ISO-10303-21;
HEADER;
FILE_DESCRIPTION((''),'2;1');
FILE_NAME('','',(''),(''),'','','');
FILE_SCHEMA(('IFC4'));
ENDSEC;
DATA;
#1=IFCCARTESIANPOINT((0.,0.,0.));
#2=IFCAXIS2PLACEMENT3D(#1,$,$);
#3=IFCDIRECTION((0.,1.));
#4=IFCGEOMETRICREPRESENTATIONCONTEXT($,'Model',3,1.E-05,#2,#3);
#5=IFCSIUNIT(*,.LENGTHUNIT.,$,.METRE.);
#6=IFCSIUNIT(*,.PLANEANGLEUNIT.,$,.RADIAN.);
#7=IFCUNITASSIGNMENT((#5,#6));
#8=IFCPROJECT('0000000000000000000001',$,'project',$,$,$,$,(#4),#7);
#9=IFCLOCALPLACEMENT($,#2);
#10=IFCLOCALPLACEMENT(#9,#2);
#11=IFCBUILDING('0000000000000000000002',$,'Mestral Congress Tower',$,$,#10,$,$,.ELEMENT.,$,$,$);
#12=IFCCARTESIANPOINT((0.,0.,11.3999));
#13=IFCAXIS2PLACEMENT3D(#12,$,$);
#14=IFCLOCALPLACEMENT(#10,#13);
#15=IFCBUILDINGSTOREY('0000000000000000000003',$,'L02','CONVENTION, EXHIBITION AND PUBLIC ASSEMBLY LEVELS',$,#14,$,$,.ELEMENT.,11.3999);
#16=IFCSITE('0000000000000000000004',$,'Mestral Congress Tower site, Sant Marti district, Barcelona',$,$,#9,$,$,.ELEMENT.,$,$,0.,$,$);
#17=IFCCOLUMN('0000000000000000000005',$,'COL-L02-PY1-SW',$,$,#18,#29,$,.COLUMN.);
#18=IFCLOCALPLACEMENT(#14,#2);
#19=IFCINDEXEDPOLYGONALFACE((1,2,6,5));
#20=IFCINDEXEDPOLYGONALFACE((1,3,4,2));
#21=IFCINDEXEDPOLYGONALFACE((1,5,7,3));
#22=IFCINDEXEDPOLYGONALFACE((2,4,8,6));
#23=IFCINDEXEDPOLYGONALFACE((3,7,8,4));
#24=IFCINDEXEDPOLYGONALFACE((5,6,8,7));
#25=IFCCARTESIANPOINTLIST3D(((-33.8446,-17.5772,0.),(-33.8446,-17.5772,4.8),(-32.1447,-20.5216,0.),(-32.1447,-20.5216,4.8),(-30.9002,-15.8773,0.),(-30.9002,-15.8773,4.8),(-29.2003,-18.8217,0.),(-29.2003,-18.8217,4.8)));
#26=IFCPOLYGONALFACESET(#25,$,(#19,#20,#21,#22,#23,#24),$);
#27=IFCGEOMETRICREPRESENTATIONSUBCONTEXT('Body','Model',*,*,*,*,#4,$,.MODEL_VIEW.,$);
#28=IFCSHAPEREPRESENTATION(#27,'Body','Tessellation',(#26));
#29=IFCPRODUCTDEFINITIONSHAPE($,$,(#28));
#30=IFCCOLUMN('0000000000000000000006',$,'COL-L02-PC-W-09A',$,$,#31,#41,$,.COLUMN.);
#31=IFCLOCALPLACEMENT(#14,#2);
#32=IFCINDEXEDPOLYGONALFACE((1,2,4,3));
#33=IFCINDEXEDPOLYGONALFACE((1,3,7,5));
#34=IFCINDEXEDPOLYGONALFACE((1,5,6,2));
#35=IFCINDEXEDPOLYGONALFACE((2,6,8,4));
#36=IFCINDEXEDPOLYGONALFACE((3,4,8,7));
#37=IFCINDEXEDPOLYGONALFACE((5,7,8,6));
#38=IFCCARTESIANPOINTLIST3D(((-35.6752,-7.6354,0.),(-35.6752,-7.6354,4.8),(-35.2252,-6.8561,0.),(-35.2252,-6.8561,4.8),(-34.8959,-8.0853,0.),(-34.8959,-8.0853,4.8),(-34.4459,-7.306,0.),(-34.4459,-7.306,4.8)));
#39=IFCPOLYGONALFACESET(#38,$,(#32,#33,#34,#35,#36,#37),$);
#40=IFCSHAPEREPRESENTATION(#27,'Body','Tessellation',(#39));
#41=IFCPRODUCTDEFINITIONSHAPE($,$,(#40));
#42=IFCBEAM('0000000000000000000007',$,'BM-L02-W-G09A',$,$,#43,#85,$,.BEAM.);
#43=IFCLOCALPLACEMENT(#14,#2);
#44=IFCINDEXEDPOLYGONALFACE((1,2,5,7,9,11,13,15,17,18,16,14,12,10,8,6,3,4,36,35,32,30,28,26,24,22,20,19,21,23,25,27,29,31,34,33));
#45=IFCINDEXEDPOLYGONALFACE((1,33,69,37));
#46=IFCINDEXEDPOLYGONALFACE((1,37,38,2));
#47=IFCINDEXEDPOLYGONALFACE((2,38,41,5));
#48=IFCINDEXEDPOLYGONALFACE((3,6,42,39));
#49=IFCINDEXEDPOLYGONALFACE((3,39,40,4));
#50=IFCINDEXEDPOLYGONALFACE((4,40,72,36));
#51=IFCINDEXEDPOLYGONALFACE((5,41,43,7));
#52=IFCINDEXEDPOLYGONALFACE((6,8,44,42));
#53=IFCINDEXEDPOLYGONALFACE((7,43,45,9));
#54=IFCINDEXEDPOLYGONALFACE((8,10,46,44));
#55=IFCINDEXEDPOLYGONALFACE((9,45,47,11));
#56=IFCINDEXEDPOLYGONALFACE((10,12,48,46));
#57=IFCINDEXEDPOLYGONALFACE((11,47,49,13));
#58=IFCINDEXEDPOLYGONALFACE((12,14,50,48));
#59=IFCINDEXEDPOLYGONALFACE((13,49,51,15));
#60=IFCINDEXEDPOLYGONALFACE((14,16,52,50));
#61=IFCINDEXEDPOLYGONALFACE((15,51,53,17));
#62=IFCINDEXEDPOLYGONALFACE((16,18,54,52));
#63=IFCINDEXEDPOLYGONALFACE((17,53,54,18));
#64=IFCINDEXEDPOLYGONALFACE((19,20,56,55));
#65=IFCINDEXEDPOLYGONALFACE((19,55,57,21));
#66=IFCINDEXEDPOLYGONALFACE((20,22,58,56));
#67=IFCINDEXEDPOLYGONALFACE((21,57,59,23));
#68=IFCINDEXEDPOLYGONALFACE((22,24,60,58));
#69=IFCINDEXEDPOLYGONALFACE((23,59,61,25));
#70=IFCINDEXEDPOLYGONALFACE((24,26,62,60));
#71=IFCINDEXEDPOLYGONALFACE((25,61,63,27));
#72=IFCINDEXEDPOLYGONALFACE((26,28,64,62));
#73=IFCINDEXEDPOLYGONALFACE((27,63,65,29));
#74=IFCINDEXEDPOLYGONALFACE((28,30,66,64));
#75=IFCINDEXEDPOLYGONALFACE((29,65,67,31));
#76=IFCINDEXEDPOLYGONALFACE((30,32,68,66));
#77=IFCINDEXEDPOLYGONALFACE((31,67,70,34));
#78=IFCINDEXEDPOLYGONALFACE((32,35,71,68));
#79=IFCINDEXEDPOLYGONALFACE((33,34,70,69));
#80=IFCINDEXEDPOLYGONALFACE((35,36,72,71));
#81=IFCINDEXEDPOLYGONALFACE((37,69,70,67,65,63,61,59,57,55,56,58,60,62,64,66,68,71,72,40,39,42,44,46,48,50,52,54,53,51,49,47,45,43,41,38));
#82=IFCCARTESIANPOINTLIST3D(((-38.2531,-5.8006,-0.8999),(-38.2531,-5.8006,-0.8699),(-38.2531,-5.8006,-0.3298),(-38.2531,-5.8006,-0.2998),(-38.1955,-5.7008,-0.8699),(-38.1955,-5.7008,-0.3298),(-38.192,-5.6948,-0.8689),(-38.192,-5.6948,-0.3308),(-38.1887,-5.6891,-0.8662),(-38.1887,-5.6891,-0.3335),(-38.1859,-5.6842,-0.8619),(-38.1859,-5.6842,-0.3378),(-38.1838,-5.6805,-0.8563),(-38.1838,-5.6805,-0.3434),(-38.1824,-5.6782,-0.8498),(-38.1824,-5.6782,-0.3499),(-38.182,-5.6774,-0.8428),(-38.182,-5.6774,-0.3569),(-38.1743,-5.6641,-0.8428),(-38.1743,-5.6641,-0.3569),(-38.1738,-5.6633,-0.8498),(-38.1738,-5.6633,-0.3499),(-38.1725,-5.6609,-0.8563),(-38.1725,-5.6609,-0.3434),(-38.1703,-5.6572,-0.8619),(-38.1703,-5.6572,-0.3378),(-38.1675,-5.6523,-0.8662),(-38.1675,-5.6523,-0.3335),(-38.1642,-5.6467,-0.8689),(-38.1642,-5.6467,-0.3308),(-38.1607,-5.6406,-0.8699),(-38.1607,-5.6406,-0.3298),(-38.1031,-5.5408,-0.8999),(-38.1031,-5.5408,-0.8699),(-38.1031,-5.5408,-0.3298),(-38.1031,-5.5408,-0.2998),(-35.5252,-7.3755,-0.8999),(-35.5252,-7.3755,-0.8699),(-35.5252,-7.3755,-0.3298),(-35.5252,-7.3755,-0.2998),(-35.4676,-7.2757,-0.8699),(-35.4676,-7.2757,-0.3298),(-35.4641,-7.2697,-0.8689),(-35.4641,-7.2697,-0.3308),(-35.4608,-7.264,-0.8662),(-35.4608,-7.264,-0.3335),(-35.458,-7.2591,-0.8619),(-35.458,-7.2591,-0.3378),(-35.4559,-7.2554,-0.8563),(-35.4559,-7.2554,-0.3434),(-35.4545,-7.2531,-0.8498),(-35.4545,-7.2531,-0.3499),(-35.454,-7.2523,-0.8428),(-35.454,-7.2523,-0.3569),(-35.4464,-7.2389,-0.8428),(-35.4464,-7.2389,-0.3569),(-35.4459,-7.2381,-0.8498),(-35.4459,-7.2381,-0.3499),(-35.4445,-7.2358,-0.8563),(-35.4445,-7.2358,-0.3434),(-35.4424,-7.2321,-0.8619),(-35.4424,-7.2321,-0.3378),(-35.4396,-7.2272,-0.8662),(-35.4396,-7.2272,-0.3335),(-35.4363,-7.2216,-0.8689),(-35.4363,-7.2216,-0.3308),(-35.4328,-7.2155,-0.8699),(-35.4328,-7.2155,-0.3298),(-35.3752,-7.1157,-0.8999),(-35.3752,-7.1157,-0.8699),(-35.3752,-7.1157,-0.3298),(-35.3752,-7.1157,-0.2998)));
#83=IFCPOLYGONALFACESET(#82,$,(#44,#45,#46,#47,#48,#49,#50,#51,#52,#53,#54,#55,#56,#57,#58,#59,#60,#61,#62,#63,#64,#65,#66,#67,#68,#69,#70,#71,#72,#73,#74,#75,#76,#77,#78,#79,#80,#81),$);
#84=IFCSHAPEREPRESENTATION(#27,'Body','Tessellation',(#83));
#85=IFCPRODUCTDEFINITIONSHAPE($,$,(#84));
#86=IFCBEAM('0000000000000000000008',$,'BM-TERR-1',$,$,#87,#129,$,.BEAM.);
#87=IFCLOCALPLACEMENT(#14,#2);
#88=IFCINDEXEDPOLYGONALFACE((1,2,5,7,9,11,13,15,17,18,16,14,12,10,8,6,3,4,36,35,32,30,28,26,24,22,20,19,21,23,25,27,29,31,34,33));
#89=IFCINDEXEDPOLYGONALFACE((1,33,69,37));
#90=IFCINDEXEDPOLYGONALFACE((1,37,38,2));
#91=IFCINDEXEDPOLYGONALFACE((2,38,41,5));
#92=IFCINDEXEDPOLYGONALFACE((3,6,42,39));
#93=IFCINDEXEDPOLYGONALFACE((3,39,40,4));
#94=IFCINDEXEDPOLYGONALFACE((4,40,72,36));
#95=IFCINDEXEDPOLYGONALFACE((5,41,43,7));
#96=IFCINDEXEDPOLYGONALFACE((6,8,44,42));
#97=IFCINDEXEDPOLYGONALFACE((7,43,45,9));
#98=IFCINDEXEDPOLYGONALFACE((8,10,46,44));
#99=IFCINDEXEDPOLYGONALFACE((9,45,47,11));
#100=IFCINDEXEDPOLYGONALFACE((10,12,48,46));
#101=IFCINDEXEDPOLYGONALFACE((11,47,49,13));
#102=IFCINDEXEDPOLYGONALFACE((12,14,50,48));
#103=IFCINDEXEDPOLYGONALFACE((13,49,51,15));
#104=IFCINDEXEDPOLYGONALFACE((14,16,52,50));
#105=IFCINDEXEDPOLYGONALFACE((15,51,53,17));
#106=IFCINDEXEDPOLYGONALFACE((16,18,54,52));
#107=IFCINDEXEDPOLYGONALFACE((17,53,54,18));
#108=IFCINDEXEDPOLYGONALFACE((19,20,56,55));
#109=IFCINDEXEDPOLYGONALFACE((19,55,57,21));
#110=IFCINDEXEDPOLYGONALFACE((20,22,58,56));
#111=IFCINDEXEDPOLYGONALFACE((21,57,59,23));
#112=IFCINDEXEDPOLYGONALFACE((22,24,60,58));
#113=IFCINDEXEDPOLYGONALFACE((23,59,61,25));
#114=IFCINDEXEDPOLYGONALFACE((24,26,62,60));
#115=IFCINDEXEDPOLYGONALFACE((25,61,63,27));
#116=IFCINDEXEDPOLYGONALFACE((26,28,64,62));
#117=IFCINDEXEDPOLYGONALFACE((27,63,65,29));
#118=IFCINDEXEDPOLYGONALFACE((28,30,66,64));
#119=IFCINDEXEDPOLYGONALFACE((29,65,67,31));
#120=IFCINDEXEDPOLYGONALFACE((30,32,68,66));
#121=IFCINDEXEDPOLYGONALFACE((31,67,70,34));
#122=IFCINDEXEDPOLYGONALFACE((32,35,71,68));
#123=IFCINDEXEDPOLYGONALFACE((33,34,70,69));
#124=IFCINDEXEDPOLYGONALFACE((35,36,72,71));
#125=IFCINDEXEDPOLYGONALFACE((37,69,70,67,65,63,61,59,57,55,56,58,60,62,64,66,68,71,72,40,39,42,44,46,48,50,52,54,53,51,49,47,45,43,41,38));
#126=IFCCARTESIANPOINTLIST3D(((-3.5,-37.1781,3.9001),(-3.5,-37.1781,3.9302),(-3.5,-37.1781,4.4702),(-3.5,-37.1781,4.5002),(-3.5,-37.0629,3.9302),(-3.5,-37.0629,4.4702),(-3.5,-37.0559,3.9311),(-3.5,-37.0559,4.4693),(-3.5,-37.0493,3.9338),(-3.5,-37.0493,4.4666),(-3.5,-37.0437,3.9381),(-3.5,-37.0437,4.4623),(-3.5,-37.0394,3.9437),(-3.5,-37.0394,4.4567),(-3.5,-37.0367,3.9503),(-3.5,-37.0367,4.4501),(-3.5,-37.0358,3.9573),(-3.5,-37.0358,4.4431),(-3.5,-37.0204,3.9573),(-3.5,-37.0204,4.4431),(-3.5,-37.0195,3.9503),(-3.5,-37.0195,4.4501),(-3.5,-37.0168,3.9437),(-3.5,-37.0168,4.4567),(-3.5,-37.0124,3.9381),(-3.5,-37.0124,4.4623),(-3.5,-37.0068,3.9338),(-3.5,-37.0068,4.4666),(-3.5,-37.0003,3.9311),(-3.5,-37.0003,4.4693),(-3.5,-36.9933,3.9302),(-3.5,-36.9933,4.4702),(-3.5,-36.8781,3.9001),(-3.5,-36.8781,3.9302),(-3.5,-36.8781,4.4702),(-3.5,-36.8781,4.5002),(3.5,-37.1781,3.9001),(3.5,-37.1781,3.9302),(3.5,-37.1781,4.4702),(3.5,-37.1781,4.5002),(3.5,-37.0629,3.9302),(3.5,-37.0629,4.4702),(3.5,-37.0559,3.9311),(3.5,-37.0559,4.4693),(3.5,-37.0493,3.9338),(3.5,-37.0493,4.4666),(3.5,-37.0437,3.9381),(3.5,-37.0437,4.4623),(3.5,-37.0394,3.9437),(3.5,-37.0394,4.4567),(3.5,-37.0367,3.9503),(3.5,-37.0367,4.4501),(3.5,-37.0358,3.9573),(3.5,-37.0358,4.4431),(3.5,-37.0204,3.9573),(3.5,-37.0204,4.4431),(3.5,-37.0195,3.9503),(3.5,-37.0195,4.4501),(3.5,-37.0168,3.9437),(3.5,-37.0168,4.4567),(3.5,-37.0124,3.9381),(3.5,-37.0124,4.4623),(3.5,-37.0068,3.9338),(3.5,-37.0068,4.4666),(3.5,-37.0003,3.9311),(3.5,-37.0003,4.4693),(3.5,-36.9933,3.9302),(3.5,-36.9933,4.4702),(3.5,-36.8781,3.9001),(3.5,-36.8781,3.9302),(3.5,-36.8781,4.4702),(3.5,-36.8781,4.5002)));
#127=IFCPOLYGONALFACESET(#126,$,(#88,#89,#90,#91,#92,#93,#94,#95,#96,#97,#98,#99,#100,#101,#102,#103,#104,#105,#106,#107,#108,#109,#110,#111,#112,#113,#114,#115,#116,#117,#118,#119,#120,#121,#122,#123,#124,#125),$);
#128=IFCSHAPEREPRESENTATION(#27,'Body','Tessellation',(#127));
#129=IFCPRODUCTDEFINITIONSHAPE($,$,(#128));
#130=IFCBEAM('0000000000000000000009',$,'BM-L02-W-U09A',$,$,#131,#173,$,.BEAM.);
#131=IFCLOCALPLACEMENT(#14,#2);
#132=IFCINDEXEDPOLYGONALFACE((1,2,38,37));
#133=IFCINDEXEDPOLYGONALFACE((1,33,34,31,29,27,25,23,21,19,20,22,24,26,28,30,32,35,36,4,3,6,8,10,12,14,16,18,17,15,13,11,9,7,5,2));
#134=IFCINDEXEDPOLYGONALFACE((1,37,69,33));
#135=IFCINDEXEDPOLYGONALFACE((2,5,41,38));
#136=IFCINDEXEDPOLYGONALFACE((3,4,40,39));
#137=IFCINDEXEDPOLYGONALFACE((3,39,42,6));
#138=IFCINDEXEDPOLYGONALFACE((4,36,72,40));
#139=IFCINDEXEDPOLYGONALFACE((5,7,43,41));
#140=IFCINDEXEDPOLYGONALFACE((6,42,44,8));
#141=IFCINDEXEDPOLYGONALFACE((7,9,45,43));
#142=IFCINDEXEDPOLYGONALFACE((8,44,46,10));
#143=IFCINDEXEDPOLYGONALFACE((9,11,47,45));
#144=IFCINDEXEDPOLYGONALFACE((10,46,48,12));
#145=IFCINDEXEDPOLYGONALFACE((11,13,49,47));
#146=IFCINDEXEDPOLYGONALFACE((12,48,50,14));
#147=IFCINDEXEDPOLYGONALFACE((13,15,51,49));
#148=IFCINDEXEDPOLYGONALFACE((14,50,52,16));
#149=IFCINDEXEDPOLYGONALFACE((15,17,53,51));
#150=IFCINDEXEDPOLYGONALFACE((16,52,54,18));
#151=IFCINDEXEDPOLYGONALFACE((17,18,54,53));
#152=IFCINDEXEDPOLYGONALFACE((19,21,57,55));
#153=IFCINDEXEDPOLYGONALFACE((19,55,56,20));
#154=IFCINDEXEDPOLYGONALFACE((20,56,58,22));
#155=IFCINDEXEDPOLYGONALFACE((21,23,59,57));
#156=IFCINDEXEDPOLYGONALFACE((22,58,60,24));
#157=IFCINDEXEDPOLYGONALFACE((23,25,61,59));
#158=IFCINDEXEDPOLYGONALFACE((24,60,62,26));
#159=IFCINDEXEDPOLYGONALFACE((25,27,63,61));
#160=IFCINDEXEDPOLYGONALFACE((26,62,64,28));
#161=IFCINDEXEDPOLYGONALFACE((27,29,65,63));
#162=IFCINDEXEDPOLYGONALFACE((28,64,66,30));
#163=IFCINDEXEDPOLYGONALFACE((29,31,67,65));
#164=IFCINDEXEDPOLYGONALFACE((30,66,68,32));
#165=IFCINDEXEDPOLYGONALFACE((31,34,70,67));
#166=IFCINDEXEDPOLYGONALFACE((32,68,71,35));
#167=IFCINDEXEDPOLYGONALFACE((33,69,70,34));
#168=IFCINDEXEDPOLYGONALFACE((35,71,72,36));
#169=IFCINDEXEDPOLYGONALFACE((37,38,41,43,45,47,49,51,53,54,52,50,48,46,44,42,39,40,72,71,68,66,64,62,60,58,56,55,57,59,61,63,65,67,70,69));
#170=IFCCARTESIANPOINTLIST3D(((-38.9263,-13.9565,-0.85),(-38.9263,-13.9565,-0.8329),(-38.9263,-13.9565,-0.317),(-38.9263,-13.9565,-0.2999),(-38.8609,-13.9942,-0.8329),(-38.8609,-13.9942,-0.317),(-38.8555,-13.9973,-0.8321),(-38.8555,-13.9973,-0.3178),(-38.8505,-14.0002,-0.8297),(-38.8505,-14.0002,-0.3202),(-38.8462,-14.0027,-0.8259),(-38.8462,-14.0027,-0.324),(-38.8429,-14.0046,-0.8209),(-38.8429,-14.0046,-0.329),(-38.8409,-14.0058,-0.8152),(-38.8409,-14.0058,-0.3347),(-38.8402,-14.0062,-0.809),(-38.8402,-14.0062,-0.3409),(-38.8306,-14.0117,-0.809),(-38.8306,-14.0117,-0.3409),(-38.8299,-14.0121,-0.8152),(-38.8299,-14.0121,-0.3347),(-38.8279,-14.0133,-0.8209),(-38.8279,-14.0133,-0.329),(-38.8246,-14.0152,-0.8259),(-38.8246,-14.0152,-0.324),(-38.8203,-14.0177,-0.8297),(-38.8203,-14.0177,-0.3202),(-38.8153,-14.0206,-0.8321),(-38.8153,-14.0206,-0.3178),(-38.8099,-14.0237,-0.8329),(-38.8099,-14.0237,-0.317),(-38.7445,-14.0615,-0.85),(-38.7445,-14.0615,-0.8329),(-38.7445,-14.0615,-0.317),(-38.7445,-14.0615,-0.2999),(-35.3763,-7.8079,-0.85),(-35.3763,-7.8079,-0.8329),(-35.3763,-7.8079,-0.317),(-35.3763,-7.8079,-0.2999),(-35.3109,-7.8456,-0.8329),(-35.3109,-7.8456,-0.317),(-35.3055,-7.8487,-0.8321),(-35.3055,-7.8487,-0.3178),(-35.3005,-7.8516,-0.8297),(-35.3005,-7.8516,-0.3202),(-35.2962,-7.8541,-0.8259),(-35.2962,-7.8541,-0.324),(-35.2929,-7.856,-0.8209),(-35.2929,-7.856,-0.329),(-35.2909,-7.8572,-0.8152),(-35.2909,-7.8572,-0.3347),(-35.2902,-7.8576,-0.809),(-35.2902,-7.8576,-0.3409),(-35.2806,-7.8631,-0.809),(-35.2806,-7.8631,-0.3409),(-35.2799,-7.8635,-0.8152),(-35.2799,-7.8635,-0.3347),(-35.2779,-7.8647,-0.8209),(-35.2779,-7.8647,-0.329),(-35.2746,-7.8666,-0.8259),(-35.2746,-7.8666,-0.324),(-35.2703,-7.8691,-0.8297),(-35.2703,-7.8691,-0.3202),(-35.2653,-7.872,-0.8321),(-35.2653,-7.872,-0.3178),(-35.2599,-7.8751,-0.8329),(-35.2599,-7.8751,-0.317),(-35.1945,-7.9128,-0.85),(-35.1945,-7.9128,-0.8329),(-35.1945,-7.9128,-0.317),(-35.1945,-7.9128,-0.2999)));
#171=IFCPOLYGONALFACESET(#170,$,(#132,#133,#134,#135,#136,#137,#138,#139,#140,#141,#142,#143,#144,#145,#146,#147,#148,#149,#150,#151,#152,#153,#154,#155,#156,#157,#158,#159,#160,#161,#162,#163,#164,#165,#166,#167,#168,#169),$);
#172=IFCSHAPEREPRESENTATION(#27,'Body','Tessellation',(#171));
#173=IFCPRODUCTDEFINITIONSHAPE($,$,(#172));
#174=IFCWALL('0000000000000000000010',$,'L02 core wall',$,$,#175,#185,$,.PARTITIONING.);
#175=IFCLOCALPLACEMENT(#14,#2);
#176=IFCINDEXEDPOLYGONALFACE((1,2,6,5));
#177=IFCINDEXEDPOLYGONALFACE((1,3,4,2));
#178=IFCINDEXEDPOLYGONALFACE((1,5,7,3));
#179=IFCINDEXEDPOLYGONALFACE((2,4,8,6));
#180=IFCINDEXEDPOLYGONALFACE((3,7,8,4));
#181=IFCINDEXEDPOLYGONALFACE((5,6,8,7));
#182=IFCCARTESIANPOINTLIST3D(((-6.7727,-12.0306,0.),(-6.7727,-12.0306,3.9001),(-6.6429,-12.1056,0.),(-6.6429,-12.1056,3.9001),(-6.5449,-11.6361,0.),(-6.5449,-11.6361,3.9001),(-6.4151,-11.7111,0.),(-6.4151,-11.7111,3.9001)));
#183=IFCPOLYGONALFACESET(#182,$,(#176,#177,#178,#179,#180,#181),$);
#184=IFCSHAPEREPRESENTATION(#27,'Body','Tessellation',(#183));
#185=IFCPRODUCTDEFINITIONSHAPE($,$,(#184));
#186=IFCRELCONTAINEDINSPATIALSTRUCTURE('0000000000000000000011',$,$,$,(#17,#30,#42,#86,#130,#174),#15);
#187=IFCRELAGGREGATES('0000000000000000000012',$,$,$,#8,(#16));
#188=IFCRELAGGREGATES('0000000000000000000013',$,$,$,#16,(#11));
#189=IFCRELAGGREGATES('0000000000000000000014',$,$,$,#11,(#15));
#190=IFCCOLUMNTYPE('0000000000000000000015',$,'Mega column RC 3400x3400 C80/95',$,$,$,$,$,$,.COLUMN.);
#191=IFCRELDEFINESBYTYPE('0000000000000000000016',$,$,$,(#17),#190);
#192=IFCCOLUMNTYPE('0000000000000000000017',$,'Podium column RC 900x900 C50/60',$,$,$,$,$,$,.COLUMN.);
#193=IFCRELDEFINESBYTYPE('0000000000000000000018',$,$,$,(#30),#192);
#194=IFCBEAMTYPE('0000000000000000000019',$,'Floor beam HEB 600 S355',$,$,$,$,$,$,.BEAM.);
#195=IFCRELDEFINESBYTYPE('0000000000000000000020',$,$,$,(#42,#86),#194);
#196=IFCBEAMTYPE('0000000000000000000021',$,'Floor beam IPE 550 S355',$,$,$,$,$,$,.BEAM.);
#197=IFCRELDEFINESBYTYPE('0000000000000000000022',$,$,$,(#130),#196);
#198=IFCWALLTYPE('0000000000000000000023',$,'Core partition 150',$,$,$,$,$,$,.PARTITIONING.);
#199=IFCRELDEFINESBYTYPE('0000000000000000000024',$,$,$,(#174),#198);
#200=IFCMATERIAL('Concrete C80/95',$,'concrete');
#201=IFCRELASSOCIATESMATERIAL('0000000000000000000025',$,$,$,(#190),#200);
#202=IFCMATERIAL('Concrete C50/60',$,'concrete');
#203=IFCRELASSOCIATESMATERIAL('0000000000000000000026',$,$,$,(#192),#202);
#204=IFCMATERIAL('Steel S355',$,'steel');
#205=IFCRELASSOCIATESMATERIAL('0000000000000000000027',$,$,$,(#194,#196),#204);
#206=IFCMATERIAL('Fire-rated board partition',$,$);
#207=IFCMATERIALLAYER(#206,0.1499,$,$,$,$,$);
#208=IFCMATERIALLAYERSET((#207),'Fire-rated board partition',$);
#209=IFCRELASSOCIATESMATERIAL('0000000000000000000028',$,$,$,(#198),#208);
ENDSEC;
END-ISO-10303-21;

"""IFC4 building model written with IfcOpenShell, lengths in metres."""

from ifc_helpers import new_model, si_unit, direction, frame, frame_2d, origin, origin_2d, place, context, subcontext, project, spatial, rectangle, i_section, extrude, material, layer, layer_set, material_profile, profile_set, type_object, element, save


model = new_model("IFC4")

# Units and contexts
model_context = context("Model", 3, precision=1e-05, world=origin(), true_north=direction((0.0, 1.0)))
body_context = subcontext(model_context, "Body", "Model", "MODEL_VIEW")
ifc_project = project(units=[si_unit("LENGTHUNIT", "METRE"), si_unit("PLANEANGLEUNIT", "RADIAN")], contexts=[model_context])

# Site, building, storey
site_placement = place(None, origin())
site = spatial("IfcSite", under=ifc_project, at=site_placement, Name="Mestral Congress Tower site, Sant Marti district, Barcelona", CompositionType="ELEMENT", RefElevation=0.0)
building_placement = place(site_placement, origin())
building = spatial("IfcBuilding", under=site, at=building_placement, Name="Mestral Congress Tower", CompositionType="ELEMENT")
storey_placement = place(building_placement, frame((0.0, 0.0, 11.3999)))
storey = spatial("IfcBuildingStorey", under=building, at=storey_placement, Name="L02", Description="CONVENTION, EXHIBITION AND PUBLIC ASSEMBLY LEVELS", CompositionType="ELEMENT", Elevation=11.3999)

# Columns
ifc_material_1 = material(Name="Concrete C80/95", Category="concrete")
ifc_material_profile_1 = material_profile(ifc_material_1, rectangle(XDim=3.3999, YDim=3.3999, at=origin_2d()), Name="RC 3400x3400")
ifc_profile_set_1 = profile_set([ifc_material_profile_1], Name="Concrete C80/95")
column_type_1 = type_object("IfcColumnType", Name="Mega column RC 3400x3400 C80/95", PredefinedType="COLUMN", material=ifc_profile_set_1)
column_1_placement = place(storey_placement, frame((-31.5225, -18.1995, 0.0), z_axis=(0.0, 0.0, 1.0), x_axis=(-0.866025, -0.5, 0.0)))
element("IfcColumn", 1, at=column_1_placement, inside=storey, type_object=column_type_1, Name="COL-L02-PY1-SW", PredefinedType="COLUMN", context=body_context, shape_type="SweptSolid", body=[
    extrude(rectangle(XDim=3.3999, YDim=3.3999, at=origin_2d()), origin(), (0.0, 0.0, 1.0), 4.8),
])
ifc_material_2 = material(Name="Concrete C50/60", Category="concrete")
ifc_material_profile_2 = material_profile(ifc_material_2, rectangle(XDim=0.8999, YDim=0.8999, at=origin_2d()), Name="RC 900x900")
ifc_profile_set_2 = profile_set([ifc_material_profile_2], Name="Concrete C50/60")
column_type_2 = type_object("IfcColumnType", Name="Podium column RC 900x900 C50/60", PredefinedType="COLUMN", material=ifc_profile_set_2)
column_2_placement = place(storey_placement, frame((-35.0605, -7.4707, 0.0), z_axis=(0.0, 0.0, 1.0), x_axis=(-0.5, -0.866025, 0.0)))
element("IfcColumn", 2, at=column_2_placement, inside=storey, type_object=column_type_2, Name="COL-L02-PC-W-09A", PredefinedType="COLUMN", context=body_context, shape_type="SweptSolid", body=[
    extrude(rectangle(XDim=0.8999, YDim=0.8999, at=origin_2d()), origin(), (0.0, 0.0, 1.0), 4.8),
])

# Beams
ifc_material_3 = material(Name="Steel S355", Category="steel")
ifc_material_profile_3 = material_profile(ifc_material_3, i_section(OverallWidth=0.3, OverallDepth=0.6001, WebThickness=0.0154, FlangeThickness=0.03, FilletRadius=0.0271, at=origin_2d()), Name="HEB 600")
ifc_profile_set_3 = profile_set([ifc_material_profile_3], Name="Steel S355")
beam_type_1 = type_object("IfcBeamType", Name="Floor beam HEB 600 S355", PredefinedType="BEAM", material=ifc_profile_set_3)
beam_1_placement = place(storey_placement, frame((-35.4502, -7.2456, -0.5999), z_axis=(-0.866036, 0.499982, 0.0), x_axis=(-0.499982, -0.866036, 0.0)))
element("IfcBeam", 3, at=beam_1_placement, inside=storey, type_object=beam_type_1, Name="BM-L02-W-G09A", PredefinedType="BEAM", context=body_context, shape_type="SweptSolid", body=[
    extrude(i_section(OverallWidth=0.3, OverallDepth=0.6001, WebThickness=0.0154, FlangeThickness=0.03, FilletRadius=0.0271, at=origin_2d()), origin(), (0.0, 0.0, 1.0), 3.1499),
])
beam_2_placement = place(storey_placement, frame((-3.5, -37.0281, 4.2002), z_axis=(1.0, 0.0, 0.0), x_axis=(0.0, 1.0, 0.0)))
element("IfcBeam", 4, at=beam_2_placement, inside=storey, type_object=beam_type_1, Name="BM-TERR-1", PredefinedType="BEAM", context=body_context, shape_type="SweptSolid", body=[
    extrude(i_section(OverallWidth=0.3, OverallDepth=0.6001, WebThickness=0.0154, FlangeThickness=0.03, FilletRadius=0.0271, at=origin_2d()), origin(), (0.0, 0.0, 1.0), 7.0),
])
ifc_material_profile_4 = material_profile(ifc_material_3, i_section(OverallWidth=0.21, OverallDepth=0.55, WebThickness=0.011, FlangeThickness=0.0171, FilletRadius=0.0239, at=origin_2d()), Name="IPE 550")
ifc_profile_set_4 = profile_set([ifc_material_profile_4], Name="Steel S355")
beam_type_2 = type_object("IfcBeamType", Name="Floor beam IPE 550 S355", PredefinedType="BEAM", material=ifc_profile_set_4)
beam_3_placement = place(storey_placement, frame((-35.2854, -7.8604, -0.575), z_axis=(-0.500011, -0.866019, 0.0), x_axis=(0.866019, -0.500011, 0.0)))
element("IfcBeam", 5, at=beam_3_placement, inside=storey, type_object=beam_type_2, Name="BM-L02-W-U09A", PredefinedType="BEAM", context=body_context, shape_type="SweptSolid", body=[
    extrude(i_section(OverallWidth=0.21, OverallDepth=0.55, WebThickness=0.011, FlangeThickness=0.0171, FilletRadius=0.0239, at=origin_2d()), origin(), (0.0, 0.0, 1.0), 7.0999),
])

# Wall
ifc_material_4 = material(Name="Fire-rated board partition")
ifc_layer_1 = layer(ifc_material_4, 0.1499)
ifc_layer_set_1 = layer_set([ifc_layer_1], Name="Fire-rated board partition")
wall_type_1 = type_object("IfcWallType", Name="Core partition 150", PredefinedType="PARTITIONING", material=ifc_layer_set_1)
wall_1_placement = place(storey_placement, frame((-6.7078, -12.0681, 0.0), z_axis=(0.0, 0.0, 1.0), x_axis=(0.500001, 0.866025, 0.0)))
element("IfcWall", 6, at=wall_1_placement, inside=storey, type_object=wall_type_1, Name="L02 core wall", PredefinedType="PARTITIONING", context=body_context, shape_type="SweptSolid", body=[
    extrude(rectangle(XDim=0.4556, YDim=0.1499, at=frame_2d((0.2278, 0.0))), origin(), (0.0, 0.0, 1.0), 3.9001),
])

save(model, "model.ifc")
